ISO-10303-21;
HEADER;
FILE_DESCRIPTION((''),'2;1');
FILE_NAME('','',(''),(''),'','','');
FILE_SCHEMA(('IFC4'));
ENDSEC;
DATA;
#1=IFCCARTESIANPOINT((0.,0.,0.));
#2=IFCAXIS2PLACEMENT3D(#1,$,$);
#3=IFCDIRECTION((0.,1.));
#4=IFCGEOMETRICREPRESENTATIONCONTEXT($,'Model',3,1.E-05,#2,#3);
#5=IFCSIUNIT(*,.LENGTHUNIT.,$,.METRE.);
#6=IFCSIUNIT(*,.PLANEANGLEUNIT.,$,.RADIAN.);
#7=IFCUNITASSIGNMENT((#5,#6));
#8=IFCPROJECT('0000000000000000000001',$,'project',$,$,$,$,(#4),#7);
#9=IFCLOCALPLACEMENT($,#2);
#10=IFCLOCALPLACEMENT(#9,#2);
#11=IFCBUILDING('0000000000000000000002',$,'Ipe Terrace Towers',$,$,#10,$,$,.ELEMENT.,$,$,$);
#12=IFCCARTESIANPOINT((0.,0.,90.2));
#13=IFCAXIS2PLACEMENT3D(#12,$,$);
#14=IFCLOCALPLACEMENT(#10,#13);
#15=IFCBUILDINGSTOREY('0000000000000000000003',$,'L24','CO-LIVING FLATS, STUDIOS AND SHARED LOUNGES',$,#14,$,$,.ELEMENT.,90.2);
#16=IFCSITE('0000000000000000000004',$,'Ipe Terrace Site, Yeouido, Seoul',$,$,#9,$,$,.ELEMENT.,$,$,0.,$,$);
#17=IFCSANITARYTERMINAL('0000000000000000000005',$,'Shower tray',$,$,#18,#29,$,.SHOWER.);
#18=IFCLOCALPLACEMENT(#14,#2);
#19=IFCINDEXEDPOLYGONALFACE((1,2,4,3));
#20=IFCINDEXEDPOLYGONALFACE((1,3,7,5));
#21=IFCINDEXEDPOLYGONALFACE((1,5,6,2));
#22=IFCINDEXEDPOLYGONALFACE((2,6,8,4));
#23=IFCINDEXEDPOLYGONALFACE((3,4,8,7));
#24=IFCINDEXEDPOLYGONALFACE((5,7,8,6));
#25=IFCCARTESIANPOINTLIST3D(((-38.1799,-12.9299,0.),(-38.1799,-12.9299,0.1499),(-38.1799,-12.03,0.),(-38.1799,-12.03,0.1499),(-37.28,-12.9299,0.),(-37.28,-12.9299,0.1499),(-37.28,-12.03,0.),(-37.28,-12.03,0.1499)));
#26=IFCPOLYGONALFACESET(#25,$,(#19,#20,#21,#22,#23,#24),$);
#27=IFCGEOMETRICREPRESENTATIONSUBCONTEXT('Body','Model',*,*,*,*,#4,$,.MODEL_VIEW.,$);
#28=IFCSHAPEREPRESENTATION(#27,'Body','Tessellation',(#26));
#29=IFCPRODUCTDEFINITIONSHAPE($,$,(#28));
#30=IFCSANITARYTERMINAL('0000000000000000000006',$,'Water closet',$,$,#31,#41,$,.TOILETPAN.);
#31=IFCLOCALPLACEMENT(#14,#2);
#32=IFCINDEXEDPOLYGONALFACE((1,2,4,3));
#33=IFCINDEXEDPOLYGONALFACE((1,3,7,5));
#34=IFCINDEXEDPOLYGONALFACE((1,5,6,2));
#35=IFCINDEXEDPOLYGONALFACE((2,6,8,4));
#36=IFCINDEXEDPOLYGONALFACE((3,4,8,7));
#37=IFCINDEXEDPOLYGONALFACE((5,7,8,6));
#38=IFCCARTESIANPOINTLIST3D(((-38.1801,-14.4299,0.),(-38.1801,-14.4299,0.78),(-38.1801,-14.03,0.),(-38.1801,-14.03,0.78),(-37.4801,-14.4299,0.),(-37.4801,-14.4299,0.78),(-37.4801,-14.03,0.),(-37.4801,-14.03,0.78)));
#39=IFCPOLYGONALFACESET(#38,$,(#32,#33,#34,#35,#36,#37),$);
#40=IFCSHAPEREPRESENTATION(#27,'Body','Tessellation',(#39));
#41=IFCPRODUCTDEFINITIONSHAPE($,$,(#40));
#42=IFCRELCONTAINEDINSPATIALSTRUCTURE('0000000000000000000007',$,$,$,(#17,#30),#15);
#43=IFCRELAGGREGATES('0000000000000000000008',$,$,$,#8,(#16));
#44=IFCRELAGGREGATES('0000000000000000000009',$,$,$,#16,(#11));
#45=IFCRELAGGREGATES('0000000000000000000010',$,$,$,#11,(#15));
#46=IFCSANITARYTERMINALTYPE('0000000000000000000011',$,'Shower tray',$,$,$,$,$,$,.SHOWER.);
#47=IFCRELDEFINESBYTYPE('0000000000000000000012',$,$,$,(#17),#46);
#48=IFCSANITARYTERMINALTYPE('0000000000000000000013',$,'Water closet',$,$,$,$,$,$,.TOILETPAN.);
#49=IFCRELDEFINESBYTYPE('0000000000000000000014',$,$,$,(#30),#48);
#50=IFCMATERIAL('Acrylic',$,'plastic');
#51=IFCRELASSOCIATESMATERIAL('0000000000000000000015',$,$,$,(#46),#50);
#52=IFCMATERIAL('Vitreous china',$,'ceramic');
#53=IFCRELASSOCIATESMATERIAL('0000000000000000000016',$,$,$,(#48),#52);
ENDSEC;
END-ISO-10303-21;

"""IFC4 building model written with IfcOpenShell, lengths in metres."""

from ifc_helpers import new_model, si_unit, direction, frame, origin, origin_2d, place, context, subcontext, project, spatial, rectangle, extrude, material, type_object, element, save


model = new_model("IFC4")

# Units and contexts
model_context = context("Model", 3, precision=1e-05, world=origin(), true_north=direction((0.0, 1.0)))
body_context = subcontext(model_context, "Body", "Model", "MODEL_VIEW")
ifc_project = project(units=[si_unit("LENGTHUNIT", "METRE"), si_unit("PLANEANGLEUNIT", "RADIAN")], contexts=[model_context])

# Site, building, storey
site_placement = place(None, origin())
site = spatial("IfcSite", under=ifc_project, at=site_placement, Name="Ipe Terrace Site, Yeouido, Seoul", CompositionType="ELEMENT", RefElevation=0.0)
building_placement = place(site_placement, origin())
building = spatial("IfcBuilding", under=site, at=building_placement, Name="Ipe Terrace Towers", CompositionType="ELEMENT")
storey_placement = place(building_placement, frame((0.0, 0.0, 90.2)))
storey = spatial("IfcBuildingStorey", under=building, at=storey_placement, Name="L24", Description="CO-LIVING FLATS, STUDIOS AND SHARED LOUNGES", CompositionType="ELEMENT", Elevation=90.2)

# Sanitary terminals
ifc_material_1 = material(Name="Acrylic", Category="plastic")
sanitary_terminal_type_1 = type_object("IfcSanitaryTerminalType", Name="Shower tray", PredefinedType="SHOWER", material=ifc_material_1)
sanitary_terminal_1_placement = place(storey_placement, frame((-37.73, -12.48, 0.0), z_axis=(0.0, 0.0, 1.0), x_axis=(1.0, 0.0, 0.0)))
element("IfcSanitaryTerminal", 1, at=sanitary_terminal_1_placement, inside=storey, type_object=sanitary_terminal_type_1, Name="Shower tray", PredefinedType="SHOWER", context=body_context, shape_type="SweptSolid", body=[
    extrude(rectangle(XDim=0.8999, YDim=0.8999, at=origin_2d()), origin(), (0.0, 0.0, 1.0), 0.1499),
])
ifc_material_2 = material(Name="Vitreous china", Category="ceramic")
sanitary_terminal_type_2 = type_object("IfcSanitaryTerminalType", Name="Water closet", PredefinedType="TOILETPAN", material=ifc_material_2)
sanitary_terminal_2_placement = place(storey_placement, frame((-37.8301, -14.23, 0.0), z_axis=(0.0, 0.0, 1.0), x_axis=(1.0, 0.0, 0.0)))
element("IfcSanitaryTerminal", 2, at=sanitary_terminal_2_placement, inside=storey, type_object=sanitary_terminal_type_2, Name="Water closet", PredefinedType="TOILETPAN", context=body_context, shape_type="SweptSolid", body=[
    extrude(rectangle(XDim=0.7, YDim=0.3999, at=origin_2d()), origin(), (0.0, 0.0, 1.0), 0.78),
])

save(model, "model.ifc")
